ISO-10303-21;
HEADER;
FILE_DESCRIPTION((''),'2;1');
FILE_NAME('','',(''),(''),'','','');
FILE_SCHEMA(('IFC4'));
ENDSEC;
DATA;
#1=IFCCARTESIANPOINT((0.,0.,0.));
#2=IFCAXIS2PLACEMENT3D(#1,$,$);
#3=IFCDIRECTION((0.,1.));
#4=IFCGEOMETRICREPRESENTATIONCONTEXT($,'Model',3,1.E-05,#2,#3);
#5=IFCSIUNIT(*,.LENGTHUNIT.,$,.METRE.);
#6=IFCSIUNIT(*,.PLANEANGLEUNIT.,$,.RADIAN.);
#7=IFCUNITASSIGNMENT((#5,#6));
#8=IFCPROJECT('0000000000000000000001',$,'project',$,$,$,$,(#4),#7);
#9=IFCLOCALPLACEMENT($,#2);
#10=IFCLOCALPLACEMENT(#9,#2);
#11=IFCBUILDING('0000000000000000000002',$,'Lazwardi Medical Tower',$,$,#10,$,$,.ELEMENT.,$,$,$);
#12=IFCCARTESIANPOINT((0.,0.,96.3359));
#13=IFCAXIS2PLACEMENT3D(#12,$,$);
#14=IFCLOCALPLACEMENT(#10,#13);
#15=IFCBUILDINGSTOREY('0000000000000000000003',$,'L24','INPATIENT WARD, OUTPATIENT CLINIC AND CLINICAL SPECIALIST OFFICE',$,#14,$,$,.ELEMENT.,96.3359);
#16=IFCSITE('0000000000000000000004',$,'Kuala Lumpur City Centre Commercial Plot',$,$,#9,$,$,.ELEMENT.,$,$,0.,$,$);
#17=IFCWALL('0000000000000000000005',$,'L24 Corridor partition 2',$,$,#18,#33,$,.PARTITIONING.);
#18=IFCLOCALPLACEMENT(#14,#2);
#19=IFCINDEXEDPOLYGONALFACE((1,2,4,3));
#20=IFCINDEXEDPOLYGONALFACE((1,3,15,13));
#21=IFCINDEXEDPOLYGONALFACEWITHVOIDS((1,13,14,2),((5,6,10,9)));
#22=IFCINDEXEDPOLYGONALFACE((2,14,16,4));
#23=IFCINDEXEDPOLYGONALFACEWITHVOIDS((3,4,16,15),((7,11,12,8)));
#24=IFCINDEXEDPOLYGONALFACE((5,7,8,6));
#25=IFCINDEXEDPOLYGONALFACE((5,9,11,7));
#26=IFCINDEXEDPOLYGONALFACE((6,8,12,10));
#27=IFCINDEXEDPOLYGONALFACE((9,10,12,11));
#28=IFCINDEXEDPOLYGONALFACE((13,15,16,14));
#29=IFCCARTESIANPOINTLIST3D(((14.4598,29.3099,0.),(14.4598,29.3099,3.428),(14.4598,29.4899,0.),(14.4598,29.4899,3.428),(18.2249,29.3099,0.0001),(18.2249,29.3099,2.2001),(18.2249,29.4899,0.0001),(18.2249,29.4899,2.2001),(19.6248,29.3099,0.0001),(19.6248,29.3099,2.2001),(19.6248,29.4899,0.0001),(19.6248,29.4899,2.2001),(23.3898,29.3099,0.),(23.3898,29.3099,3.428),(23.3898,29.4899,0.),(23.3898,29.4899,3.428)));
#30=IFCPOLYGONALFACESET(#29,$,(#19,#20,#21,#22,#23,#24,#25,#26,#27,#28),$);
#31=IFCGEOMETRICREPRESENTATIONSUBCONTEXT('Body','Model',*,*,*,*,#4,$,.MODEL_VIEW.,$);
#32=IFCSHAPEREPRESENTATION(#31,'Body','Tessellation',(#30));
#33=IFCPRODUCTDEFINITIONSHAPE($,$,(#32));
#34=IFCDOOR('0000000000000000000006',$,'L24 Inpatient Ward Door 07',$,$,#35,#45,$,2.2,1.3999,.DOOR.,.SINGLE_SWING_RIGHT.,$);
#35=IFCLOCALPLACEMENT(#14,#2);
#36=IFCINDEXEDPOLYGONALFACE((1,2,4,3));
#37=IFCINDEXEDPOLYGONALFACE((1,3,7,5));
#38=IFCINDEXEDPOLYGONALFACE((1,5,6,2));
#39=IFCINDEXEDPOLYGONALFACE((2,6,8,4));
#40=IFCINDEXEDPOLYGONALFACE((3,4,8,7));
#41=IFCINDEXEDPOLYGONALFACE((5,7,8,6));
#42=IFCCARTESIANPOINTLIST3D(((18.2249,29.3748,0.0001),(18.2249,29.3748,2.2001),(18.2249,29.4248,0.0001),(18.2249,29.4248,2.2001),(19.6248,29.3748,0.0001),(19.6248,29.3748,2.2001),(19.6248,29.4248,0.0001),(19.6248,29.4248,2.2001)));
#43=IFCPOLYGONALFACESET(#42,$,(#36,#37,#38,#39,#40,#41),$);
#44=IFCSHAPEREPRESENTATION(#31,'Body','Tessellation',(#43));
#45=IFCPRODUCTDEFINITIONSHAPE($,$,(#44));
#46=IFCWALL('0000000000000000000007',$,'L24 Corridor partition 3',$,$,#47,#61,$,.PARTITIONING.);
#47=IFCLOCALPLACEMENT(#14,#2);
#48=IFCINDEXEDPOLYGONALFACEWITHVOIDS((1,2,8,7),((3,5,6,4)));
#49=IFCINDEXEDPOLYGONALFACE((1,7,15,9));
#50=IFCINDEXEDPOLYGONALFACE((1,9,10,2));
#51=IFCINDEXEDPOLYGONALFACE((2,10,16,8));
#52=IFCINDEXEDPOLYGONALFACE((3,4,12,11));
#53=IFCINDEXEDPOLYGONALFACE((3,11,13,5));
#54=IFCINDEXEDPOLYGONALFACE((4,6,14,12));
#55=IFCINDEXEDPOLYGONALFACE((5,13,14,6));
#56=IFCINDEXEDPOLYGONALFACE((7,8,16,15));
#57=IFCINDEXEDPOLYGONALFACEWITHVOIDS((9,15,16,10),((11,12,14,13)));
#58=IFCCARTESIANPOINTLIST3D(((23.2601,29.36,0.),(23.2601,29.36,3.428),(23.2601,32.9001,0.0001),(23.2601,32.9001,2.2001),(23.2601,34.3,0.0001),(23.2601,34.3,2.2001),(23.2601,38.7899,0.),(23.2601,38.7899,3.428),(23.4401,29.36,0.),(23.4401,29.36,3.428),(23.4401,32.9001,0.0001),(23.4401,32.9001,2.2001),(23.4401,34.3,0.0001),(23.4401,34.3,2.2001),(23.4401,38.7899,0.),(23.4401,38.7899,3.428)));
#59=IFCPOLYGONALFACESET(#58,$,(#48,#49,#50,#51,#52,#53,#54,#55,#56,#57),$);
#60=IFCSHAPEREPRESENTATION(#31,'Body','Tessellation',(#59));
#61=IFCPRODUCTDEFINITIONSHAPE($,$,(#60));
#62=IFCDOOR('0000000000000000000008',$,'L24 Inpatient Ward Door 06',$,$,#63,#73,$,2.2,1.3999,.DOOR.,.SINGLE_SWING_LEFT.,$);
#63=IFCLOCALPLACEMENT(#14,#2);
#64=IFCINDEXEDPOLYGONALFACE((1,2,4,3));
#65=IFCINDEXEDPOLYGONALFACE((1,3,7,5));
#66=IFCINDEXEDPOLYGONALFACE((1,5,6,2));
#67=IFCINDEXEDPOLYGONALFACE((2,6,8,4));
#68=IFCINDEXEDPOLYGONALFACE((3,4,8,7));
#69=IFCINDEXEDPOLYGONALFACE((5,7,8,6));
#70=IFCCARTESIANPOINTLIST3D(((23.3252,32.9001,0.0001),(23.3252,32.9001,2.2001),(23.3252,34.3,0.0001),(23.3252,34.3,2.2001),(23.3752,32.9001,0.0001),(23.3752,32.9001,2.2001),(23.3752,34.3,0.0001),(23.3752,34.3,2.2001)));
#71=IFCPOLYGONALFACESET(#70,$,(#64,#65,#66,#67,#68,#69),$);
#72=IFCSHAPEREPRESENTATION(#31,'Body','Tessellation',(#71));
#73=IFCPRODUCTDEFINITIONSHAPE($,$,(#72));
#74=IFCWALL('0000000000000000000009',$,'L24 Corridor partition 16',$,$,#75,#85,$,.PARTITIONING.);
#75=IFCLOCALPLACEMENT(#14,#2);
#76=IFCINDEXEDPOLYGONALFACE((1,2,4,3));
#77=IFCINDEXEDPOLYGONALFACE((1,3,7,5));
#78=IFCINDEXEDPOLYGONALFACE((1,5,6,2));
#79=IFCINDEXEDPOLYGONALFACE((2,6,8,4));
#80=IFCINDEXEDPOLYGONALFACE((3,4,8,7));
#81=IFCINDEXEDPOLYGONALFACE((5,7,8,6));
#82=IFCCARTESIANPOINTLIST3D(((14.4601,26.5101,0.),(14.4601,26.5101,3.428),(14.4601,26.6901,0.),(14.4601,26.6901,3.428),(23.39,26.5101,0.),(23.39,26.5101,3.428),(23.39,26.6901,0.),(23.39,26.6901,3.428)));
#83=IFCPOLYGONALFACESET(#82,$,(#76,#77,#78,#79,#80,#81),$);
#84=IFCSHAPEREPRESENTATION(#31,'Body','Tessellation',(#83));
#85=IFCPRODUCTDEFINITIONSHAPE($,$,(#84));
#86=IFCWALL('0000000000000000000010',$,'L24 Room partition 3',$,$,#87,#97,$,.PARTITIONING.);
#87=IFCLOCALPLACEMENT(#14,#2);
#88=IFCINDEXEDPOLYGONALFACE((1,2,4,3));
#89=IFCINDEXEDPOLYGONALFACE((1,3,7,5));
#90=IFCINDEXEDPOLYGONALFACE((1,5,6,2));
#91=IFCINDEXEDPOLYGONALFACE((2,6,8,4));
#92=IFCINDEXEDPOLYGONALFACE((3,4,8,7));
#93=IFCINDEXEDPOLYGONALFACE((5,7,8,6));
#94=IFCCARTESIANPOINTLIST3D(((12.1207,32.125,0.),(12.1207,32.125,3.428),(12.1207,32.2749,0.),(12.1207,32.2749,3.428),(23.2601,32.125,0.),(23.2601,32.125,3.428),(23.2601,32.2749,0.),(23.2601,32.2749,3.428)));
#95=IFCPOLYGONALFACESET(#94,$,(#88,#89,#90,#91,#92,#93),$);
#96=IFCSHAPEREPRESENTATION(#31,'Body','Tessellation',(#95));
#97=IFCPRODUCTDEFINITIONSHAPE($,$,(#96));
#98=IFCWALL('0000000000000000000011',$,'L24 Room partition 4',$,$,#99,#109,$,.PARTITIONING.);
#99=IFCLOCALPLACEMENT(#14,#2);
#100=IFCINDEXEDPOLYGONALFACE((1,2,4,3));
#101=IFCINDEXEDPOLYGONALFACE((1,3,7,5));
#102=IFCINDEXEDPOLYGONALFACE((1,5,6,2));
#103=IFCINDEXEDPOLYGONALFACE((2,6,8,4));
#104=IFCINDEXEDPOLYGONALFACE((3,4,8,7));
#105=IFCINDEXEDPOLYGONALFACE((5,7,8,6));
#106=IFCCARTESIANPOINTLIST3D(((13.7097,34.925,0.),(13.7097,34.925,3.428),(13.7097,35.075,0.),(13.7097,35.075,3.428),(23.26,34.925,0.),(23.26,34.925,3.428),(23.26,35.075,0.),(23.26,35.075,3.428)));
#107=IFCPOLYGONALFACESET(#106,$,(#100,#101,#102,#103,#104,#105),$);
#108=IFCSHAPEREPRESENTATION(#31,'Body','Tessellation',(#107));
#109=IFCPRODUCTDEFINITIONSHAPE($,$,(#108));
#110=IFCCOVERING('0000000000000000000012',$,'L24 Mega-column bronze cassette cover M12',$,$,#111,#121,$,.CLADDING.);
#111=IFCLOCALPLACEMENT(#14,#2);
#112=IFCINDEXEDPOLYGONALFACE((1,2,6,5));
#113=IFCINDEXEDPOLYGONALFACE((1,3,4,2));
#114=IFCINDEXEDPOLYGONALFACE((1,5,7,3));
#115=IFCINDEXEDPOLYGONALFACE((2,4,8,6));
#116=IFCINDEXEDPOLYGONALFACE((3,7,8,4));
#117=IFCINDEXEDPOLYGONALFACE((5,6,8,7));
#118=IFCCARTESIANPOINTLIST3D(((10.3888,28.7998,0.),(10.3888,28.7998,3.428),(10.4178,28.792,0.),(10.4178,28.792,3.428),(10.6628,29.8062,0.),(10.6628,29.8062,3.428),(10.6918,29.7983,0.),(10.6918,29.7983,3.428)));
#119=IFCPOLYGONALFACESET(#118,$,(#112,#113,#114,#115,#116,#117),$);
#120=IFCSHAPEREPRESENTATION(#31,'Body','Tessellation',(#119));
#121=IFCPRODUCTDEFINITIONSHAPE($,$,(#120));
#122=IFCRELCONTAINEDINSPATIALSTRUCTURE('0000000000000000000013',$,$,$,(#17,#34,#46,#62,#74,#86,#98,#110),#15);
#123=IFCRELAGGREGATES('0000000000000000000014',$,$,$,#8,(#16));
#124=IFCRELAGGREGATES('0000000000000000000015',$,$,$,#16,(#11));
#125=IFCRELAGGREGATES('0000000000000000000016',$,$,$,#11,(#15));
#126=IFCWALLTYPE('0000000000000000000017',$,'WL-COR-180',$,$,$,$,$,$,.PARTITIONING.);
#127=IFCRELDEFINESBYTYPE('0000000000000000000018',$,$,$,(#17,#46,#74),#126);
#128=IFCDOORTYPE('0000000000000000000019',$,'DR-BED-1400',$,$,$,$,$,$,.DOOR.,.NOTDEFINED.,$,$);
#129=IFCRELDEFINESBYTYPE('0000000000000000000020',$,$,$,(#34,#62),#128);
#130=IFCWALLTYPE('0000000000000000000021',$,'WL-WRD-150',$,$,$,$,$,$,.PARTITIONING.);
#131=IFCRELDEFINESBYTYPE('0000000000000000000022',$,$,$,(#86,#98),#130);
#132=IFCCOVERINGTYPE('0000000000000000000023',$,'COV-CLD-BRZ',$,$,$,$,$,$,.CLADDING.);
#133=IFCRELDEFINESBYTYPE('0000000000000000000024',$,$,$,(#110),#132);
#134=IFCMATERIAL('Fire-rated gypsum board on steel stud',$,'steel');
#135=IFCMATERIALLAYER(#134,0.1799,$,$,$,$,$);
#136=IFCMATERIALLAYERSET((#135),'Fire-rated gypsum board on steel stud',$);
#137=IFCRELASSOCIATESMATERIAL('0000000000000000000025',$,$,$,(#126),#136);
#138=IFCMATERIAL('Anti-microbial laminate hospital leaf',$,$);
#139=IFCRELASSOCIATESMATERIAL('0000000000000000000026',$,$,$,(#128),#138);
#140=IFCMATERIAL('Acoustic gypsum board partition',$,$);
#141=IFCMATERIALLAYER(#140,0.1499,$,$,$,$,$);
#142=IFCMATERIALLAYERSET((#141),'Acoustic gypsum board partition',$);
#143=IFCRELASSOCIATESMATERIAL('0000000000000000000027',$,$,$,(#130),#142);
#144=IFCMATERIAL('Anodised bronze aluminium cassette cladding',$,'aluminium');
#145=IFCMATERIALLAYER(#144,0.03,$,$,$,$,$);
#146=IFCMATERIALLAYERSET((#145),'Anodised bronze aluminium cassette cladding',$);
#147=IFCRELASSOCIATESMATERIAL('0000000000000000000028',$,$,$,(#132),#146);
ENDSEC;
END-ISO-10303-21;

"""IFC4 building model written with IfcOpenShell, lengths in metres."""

from ifc_helpers import new_model, si_unit, direction, frame, frame_2d, origin, origin_2d, place, context, subcontext, project, spatial, rectangle, extrude, material, layer, layer_set, type_object, element, fill, save


model = new_model("IFC4")

# Units and contexts
model_context = context("Model", 3, precision=1e-05, world=origin(), true_north=direction((0.0, 1.0)))
body_context = subcontext(model_context, "Body", "Model", "MODEL_VIEW")
ifc_project = project(units=[si_unit("LENGTHUNIT", "METRE"), si_unit("PLANEANGLEUNIT", "RADIAN")], contexts=[model_context])

# Site, building, storey
site_placement = place(None, origin())
site = spatial("IfcSite", under=ifc_project, at=site_placement, Name="Kuala Lumpur City Centre Commercial Plot", CompositionType="ELEMENT", RefElevation=0.0)
building_placement = place(site_placement, origin())
building = spatial("IfcBuilding", under=site, at=building_placement, Name="Lazwardi Medical Tower", CompositionType="ELEMENT")
storey_placement = place(building_placement, frame((0.0, 0.0, 96.3359)))
storey = spatial("IfcBuildingStorey", under=building, at=storey_placement, Name="L24", Description="INPATIENT WARD, OUTPATIENT CLINIC AND CLINICAL SPECIALIST OFFICE", CompositionType="ELEMENT", Elevation=96.3359)

# Shared definitions
ifc_material_1 = material(Name="Fire-rated gypsum board on steel stud", Category="steel")
ifc_layer_1 = layer(ifc_material_1, 0.1799)
ifc_layer_set_1 = layer_set([ifc_layer_1], Name="Fire-rated gypsum board on steel stud")
wall_type_1 = type_object("IfcWallType", Name="WL-COR-180", PredefinedType="PARTITIONING", material=ifc_layer_set_1)

# Walls, openings, doors
wall_1_placement = place(storey_placement, frame((14.46, 29.3999, 0.0), z_axis=(0.0, 0.0, 1.0), x_axis=(1.0, 0.0, 0.0)))
wall_1 = element("IfcWall", 1, at=wall_1_placement, inside=storey, type_object=wall_type_1, Name="L24 Corridor partition 2", PredefinedType="PARTITIONING", context=body_context, shape_type="SweptSolid", body=[
    extrude(rectangle(XDim=8.9299, YDim=0.1799, at=frame_2d((4.4648, 0.0))), origin(), (0.0, 0.0, 1.0), 3.428),
])
opening_1_placement = place(wall_1_placement, frame((3.7649, 0.0, 0.0)))
opening_1 = element("IfcOpeningElement", 2, at=opening_1_placement, cuts=wall_1, PredefinedType="OPENING", context=body_context, shape_type="SweptSolid", body=[
    extrude(rectangle(XDim=1.3999, YDim=2.2, at=frame_2d((0.7, 1.1001))), frame((0.0, 0.0999, 0.0), z_axis=(0.0, -1.0, 0.0), x_axis=(1.0, 0.0, 0.0)), (0.0, 0.0, 1.0), 0.2),
])
ifc_material_2 = material(Name="Anti-microbial laminate hospital leaf")
door_type = type_object("IfcDoorType", Name="DR-BED-1400", OperationType="NOTDEFINED", PredefinedType="DOOR", material=ifc_material_2)
door_1_placement = place(opening_1_placement, origin())
door_1 = element("IfcDoor", 3, at=door_1_placement, inside=storey, type_object=door_type, Name="L24 Inpatient Ward Door 07", OperationType="SINGLE_SWING_RIGHT", OverallHeight=2.2, OverallWidth=1.3999, PredefinedType="DOOR", context=body_context, shape_type="SweptSolid", body=[
    extrude(rectangle(XDim=1.3999, YDim=2.2, at=frame_2d((0.7, 1.1001))), frame((0.0, 0.0249, 0.0), z_axis=(0.0, -1.0, 0.0), x_axis=(1.0, 0.0, 0.0)), (0.0, 0.0, 1.0), 0.05),
])
fill(opening_1, door_1)
wall_2_placement = place(storey_placement, frame((23.3501, 29.3601, 0.0), z_axis=(0.0, 0.0, 1.0), x_axis=(0.0, 1.0, 0.0)))
wall_2 = element("IfcWall", 4, at=wall_2_placement, inside=storey, type_object=wall_type_1, Name="L24 Corridor partition 3", PredefinedType="PARTITIONING", context=body_context, shape_type="SweptSolid", body=[
    extrude(rectangle(XDim=9.4299, YDim=0.1799, at=frame_2d((4.7148, 0.0))), origin(), (0.0, 0.0, 1.0), 3.428),
])
opening_2_placement = place(wall_2_placement, frame((3.54, 0.0, 0.0)))
opening_2 = element("IfcOpeningElement", 5, at=opening_2_placement, cuts=wall_2, PredefinedType="OPENING", context=body_context, shape_type="SweptSolid", body=[
    extrude(rectangle(XDim=1.3999, YDim=2.2, at=frame_2d((0.7, 1.1001))), frame((0.0, 0.0999, 0.0), z_axis=(0.0, -1.0, 0.0), x_axis=(1.0, 0.0, 0.0)), (0.0, 0.0, 1.0), 0.2),
])
door_2_placement = place(opening_2_placement, origin())
door_2 = element("IfcDoor", 6, at=door_2_placement, inside=storey, type_object=door_type, Name="L24 Inpatient Ward Door 06", OperationType="SINGLE_SWING_LEFT", OverallHeight=2.2, OverallWidth=1.3999, PredefinedType="DOOR", context=body_context, shape_type="SweptSolid", body=[
    extrude(rectangle(XDim=1.3999, YDim=2.2, at=frame_2d((0.7, 1.1001))), frame((0.0, 0.0249, 0.0), z_axis=(0.0, -1.0, 0.0), x_axis=(1.0, 0.0, 0.0)), (0.0, 0.0, 1.0), 0.05),
])
fill(opening_2, door_2)

# Walls
wall_3_placement = place(storey_placement, frame((23.3899, 26.6001, 0.0), z_axis=(0.0, 0.0, 1.0), x_axis=(-1.0, 0.0, 0.0)))
element("IfcWall", 7, at=wall_3_placement, inside=storey, type_object=wall_type_1, Name="L24 Corridor partition 16", PredefinedType="PARTITIONING", context=body_context, shape_type="SweptSolid", body=[
    extrude(rectangle(XDim=8.9299, YDim=0.1799, at=frame_2d((4.4648, 0.0))), origin(), (0.0, 0.0, 1.0), 3.428),
])
ifc_material_3 = material(Name="Acoustic gypsum board partition")
ifc_layer_2 = layer(ifc_material_3, 0.1499)
ifc_layer_set_2 = layer_set([ifc_layer_2], Name="Acoustic gypsum board partition")
wall_type_2 = type_object("IfcWallType", Name="WL-WRD-150", PredefinedType="PARTITIONING", material=ifc_layer_set_2)
wall_4_placement = place(storey_placement, frame((12.1206, 32.2, 0.0), z_axis=(0.0, 0.0, 1.0), x_axis=(1.0, 0.0, 0.0)))
element("IfcWall", 8, at=wall_4_placement, inside=storey, type_object=wall_type_2, Name="L24 Room partition 3", PredefinedType="PARTITIONING", context=body_context, shape_type="SweptSolid", body=[
    extrude(rectangle(XDim=11.1394, YDim=0.1499, at=frame_2d((5.5698, 0.0))), origin(), (0.0, 0.0, 1.0), 3.428),
])
wall_5_placement = place(storey_placement, frame((13.7097, 35.0, 0.0), z_axis=(0.0, 0.0, 1.0), x_axis=(1.0, 0.0, 0.0)))
element("IfcWall", 9, at=wall_5_placement, inside=storey, type_object=wall_type_2, Name="L24 Room partition 4", PredefinedType="PARTITIONING", context=body_context, shape_type="SweptSolid", body=[
    extrude(rectangle(XDim=9.5503, YDim=0.1499, at=frame_2d((4.7751, 0.0))), origin(), (0.0, 0.0, 1.0), 3.428),
])

# Covering
ifc_material_4 = material(Name="Anodised bronze aluminium cassette cladding", Category="aluminium")
ifc_layer_3 = layer(ifc_material_4, 0.03)
ifc_layer_set_3 = layer_set([ifc_layer_3], Name="Anodised bronze aluminium cassette cladding")
covering_type = type_object("IfcCoveringType", Name="COV-CLD-BRZ", PredefinedType="CLADDING", material=ifc_layer_set_3)
covering_placement = place(storey_placement, frame((10.5403, 29.2991, 0.0), z_axis=(0.0, 0.0, 1.0), x_axis=(-0.262696, -0.964879, 0.0)))
element("IfcCovering", 10, at=covering_placement, inside=storey, type_object=covering_type, Name="L24 Mega-column bronze cassette cover M12", PredefinedType="CLADDING", context=body_context, shape_type="SweptSolid", body=[
    extrude(rectangle(XDim=1.043, YDim=0.03, at=origin_2d()), origin(), (0.0, 0.0, 1.0), 3.428),
])

save(model, "model.ifc")
